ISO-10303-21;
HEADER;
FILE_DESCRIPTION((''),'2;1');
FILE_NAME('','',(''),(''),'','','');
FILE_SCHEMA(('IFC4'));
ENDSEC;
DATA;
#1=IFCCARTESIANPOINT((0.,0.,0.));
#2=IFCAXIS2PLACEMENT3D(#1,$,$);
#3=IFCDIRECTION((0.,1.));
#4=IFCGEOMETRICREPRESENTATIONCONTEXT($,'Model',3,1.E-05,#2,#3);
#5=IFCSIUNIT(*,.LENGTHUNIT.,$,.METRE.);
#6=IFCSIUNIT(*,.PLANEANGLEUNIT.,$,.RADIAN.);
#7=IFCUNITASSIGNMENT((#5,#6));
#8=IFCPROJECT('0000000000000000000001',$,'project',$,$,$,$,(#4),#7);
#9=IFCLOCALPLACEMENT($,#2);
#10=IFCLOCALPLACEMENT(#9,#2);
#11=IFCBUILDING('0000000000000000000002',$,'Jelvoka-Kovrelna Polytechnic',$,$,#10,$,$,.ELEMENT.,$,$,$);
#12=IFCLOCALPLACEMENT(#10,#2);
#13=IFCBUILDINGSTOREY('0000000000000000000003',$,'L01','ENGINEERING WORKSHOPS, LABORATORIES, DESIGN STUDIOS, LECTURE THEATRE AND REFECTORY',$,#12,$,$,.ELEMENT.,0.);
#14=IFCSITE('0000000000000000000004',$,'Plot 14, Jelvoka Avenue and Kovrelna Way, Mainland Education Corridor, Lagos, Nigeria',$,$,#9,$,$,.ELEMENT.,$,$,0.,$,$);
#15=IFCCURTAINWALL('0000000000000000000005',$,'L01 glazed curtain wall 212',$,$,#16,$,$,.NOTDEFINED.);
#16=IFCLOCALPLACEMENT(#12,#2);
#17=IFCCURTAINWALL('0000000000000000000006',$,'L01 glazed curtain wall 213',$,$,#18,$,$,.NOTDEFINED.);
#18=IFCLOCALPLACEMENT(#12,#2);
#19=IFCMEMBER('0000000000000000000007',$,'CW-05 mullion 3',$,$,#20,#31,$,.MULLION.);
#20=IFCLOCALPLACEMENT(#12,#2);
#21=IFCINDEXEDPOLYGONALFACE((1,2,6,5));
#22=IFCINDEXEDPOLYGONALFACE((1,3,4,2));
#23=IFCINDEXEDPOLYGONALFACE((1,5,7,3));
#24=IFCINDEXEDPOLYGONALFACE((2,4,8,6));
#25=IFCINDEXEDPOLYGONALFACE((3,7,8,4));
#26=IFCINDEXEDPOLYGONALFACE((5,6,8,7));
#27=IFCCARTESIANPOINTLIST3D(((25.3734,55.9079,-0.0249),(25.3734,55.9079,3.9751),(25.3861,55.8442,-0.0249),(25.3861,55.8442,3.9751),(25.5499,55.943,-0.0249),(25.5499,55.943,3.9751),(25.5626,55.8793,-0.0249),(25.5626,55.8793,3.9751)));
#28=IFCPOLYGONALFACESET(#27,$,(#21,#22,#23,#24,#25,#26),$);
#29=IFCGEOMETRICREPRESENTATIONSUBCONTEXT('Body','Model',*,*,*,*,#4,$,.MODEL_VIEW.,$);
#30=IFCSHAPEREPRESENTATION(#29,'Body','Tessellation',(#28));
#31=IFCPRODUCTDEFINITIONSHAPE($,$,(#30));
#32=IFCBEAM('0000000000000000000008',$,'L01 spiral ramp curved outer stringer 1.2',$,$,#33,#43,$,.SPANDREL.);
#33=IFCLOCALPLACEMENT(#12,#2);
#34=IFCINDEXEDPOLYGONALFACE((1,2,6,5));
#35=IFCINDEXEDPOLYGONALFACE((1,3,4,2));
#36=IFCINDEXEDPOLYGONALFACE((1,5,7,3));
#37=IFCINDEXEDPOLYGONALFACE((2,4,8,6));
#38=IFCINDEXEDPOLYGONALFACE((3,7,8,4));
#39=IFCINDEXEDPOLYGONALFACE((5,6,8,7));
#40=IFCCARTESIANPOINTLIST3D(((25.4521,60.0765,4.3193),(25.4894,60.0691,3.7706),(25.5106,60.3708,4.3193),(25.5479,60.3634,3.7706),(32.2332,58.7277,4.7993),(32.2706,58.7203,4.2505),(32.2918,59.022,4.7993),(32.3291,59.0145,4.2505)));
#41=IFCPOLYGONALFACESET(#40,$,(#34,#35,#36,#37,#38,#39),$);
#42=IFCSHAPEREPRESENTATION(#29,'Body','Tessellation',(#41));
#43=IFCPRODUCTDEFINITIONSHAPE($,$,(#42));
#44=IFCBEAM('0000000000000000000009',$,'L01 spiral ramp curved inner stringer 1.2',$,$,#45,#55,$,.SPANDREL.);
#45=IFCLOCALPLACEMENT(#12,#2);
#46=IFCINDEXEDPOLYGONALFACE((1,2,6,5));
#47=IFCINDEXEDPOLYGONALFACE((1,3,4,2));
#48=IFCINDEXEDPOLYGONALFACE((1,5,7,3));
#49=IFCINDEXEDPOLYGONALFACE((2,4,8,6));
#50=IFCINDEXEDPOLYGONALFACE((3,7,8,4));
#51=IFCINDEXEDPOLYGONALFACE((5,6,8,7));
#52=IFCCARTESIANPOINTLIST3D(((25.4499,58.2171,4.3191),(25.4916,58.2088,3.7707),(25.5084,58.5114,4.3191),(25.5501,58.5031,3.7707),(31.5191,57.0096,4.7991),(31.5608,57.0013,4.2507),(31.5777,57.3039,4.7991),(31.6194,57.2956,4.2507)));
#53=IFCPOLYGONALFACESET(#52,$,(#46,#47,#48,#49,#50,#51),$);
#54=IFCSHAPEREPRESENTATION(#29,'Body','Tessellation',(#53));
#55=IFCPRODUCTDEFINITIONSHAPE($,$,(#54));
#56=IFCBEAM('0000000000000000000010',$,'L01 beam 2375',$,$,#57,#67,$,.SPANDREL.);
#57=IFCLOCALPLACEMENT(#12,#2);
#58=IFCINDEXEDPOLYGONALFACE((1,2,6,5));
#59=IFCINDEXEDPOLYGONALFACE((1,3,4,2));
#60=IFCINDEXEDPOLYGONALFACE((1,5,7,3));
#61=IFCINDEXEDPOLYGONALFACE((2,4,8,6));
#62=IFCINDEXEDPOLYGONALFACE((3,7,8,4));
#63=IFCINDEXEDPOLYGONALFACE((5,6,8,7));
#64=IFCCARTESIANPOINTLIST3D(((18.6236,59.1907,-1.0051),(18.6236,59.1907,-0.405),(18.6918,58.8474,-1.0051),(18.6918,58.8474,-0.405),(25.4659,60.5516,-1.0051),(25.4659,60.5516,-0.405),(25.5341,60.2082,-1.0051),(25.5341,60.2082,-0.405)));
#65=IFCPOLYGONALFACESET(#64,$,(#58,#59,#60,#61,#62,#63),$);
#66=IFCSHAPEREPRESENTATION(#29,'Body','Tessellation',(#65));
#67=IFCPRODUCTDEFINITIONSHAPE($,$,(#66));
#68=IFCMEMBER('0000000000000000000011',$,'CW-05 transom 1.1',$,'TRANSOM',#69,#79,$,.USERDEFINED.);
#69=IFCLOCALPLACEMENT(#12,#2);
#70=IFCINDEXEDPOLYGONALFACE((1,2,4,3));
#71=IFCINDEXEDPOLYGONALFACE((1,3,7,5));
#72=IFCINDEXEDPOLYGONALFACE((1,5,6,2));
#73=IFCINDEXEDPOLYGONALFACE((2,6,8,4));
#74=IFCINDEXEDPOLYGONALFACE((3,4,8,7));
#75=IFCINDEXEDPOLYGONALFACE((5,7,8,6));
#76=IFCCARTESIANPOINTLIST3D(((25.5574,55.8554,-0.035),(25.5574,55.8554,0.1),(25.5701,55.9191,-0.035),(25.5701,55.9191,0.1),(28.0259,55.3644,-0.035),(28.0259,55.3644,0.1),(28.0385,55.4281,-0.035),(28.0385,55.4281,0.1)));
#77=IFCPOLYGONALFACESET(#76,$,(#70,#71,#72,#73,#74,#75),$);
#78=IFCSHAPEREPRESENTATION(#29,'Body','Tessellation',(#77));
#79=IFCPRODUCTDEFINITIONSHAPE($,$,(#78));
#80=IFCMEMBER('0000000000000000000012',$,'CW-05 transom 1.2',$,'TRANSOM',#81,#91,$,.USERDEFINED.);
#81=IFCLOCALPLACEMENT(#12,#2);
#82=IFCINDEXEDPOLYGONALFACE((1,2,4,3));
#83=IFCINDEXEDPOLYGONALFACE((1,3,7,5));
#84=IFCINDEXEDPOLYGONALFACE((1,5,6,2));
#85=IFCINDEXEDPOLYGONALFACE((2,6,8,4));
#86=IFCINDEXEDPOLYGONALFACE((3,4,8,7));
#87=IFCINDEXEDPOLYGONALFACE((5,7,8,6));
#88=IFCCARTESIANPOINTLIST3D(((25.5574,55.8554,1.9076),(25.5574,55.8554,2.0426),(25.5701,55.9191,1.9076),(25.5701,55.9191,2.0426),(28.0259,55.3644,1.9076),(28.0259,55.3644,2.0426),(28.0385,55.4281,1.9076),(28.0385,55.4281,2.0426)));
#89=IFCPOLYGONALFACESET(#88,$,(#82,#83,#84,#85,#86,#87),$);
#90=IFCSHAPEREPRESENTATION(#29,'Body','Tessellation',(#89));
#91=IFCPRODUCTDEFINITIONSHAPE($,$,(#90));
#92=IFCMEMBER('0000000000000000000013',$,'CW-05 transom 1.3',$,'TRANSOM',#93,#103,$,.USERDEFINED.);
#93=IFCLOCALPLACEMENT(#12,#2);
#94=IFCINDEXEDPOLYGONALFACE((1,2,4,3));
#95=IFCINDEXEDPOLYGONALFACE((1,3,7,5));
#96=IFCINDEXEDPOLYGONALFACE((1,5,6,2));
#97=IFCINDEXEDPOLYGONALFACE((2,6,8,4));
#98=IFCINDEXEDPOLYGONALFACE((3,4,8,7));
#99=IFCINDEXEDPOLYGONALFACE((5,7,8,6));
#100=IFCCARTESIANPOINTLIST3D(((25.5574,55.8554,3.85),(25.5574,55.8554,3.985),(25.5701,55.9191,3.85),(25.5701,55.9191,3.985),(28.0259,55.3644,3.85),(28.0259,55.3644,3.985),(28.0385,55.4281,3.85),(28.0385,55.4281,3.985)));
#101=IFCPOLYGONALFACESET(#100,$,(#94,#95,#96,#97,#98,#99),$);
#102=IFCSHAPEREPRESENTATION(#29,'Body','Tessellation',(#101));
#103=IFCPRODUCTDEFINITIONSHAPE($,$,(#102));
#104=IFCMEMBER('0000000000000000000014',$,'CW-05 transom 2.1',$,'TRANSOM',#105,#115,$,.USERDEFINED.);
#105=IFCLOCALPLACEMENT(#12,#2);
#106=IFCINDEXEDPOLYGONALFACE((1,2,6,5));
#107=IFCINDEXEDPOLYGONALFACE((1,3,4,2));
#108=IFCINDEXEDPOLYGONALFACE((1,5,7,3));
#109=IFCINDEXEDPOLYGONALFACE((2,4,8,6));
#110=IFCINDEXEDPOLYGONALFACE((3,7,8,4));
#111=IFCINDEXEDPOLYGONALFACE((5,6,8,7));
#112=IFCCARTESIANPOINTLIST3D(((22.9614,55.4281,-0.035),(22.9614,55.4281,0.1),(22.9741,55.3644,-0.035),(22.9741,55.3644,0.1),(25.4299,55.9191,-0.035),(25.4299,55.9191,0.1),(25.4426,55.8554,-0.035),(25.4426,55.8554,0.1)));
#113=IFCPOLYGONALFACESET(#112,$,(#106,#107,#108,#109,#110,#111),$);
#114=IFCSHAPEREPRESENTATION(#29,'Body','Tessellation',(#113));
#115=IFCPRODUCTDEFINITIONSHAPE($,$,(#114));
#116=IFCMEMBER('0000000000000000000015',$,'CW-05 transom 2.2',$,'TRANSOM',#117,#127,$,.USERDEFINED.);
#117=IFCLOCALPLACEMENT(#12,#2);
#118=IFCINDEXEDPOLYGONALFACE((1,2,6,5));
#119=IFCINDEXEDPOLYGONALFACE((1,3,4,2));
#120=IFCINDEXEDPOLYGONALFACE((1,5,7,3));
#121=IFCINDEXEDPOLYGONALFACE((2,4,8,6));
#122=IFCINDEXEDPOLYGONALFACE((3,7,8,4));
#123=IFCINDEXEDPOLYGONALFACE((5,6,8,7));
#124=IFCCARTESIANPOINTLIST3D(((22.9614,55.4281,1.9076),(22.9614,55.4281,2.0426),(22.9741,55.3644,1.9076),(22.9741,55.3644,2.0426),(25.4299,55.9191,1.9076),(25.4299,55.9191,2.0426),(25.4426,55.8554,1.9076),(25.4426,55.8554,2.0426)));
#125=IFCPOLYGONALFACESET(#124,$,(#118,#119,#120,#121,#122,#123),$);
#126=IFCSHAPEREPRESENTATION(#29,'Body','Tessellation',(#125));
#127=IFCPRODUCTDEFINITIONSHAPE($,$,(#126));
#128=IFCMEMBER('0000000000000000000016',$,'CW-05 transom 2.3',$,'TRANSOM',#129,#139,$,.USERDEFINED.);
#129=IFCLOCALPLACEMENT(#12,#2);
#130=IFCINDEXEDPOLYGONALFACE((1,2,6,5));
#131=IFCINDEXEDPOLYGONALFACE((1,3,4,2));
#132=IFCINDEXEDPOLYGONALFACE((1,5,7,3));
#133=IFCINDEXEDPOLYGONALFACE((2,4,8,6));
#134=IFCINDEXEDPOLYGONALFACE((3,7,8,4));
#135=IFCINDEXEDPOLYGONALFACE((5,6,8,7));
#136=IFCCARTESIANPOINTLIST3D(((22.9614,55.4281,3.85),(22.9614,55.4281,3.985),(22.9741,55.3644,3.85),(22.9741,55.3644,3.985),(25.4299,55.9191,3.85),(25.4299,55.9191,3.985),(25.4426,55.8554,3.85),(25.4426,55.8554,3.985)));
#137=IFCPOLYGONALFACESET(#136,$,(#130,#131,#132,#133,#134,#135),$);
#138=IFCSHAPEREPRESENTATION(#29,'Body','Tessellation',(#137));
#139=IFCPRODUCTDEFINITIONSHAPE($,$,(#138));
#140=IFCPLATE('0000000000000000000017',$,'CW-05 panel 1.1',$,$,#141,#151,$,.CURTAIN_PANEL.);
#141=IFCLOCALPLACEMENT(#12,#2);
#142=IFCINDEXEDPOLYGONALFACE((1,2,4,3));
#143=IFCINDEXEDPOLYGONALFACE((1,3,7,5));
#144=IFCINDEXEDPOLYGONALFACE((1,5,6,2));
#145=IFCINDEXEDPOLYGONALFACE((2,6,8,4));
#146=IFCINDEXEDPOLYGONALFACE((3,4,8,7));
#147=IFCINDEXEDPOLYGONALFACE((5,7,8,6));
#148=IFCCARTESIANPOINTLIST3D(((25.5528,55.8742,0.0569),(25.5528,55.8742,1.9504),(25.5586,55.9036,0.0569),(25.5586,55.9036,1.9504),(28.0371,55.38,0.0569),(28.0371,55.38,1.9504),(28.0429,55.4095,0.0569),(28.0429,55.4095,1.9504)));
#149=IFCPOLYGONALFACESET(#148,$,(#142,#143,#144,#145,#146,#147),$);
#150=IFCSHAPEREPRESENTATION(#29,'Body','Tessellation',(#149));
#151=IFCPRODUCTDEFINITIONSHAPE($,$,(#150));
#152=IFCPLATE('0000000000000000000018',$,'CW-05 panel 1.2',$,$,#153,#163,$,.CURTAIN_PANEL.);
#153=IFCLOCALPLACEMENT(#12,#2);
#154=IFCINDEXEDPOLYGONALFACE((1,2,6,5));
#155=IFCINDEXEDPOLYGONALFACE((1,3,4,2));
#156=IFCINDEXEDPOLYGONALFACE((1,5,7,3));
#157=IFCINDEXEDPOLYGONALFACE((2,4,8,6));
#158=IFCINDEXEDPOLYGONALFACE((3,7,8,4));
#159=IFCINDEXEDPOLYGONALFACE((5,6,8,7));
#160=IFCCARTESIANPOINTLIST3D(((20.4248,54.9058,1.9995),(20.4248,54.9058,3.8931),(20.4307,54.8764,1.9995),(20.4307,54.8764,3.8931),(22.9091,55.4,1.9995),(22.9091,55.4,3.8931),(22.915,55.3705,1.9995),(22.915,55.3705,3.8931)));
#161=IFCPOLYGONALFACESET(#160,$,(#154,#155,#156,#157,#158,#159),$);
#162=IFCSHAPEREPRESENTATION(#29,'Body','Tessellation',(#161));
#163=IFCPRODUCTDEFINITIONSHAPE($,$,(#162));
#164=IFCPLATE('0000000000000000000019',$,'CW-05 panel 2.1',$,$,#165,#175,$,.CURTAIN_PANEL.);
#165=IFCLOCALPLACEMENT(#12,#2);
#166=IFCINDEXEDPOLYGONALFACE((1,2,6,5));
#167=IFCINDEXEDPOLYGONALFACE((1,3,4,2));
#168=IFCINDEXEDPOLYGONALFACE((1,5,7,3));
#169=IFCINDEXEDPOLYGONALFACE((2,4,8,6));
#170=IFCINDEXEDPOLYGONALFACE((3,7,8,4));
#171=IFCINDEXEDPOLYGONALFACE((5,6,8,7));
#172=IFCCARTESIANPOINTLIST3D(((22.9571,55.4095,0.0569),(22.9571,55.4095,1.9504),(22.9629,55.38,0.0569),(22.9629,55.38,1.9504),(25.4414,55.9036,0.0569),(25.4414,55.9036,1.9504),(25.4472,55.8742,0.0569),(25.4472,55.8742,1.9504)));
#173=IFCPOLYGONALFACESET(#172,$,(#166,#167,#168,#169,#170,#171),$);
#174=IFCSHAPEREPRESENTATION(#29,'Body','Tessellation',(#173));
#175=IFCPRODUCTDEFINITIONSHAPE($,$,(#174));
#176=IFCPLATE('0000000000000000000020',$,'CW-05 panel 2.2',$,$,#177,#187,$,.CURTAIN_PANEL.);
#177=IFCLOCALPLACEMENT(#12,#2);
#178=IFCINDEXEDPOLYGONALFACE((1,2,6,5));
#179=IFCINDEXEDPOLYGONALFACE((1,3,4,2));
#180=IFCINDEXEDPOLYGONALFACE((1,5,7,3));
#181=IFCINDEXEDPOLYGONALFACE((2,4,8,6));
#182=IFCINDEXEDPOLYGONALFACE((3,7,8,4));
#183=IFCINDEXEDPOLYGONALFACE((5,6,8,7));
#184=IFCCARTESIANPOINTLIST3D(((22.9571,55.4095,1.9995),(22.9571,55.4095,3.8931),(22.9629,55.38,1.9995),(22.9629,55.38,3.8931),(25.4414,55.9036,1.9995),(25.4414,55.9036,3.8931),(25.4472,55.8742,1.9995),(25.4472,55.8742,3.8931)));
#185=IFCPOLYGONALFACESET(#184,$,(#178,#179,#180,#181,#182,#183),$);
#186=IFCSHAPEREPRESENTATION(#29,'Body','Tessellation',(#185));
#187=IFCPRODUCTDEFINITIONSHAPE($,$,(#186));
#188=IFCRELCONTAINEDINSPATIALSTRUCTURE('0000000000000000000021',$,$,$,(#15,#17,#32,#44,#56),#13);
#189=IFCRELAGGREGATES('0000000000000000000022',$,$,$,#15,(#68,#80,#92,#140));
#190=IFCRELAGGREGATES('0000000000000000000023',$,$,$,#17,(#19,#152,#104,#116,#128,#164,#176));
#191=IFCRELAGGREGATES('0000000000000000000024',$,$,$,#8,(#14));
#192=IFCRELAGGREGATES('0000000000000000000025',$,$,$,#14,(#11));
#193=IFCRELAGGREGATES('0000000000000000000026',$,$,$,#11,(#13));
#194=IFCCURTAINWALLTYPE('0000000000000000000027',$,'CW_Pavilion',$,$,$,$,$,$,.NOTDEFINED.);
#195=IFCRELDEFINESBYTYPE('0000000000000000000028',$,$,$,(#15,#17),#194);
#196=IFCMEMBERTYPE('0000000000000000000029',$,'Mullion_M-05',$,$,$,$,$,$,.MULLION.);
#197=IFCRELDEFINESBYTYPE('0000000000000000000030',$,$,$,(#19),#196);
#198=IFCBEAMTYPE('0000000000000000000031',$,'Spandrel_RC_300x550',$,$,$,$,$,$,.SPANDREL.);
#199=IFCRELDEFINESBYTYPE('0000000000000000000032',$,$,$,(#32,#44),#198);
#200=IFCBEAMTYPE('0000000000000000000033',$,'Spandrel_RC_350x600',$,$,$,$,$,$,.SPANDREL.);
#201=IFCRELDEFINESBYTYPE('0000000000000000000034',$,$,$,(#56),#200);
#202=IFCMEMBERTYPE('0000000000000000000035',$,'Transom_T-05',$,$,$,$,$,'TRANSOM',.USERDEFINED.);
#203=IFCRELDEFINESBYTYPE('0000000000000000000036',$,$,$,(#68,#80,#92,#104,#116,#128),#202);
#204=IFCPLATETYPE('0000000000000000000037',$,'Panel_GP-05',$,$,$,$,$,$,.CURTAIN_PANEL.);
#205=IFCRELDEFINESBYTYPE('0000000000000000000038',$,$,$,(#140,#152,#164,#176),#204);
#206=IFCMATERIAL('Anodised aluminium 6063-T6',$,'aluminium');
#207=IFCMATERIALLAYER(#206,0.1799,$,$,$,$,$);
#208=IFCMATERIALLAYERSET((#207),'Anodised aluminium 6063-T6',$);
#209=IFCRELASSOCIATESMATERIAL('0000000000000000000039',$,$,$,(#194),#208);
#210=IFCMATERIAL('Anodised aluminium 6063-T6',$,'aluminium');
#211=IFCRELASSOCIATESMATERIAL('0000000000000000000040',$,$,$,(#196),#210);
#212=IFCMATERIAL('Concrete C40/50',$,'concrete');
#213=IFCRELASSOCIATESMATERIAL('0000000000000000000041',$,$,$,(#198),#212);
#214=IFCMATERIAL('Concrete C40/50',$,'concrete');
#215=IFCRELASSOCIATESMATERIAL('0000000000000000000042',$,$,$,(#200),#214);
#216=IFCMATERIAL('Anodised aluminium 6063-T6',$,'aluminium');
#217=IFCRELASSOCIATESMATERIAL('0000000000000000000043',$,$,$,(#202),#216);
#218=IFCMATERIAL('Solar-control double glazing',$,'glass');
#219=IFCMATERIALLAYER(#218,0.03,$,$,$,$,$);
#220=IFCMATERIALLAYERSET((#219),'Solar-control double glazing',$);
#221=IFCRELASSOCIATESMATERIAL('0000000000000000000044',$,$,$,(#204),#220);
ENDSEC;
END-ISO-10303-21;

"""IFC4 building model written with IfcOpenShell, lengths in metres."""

from ifc_helpers import new_model, si_unit, direction, frame, origin, origin_2d, place, context, subcontext, project, spatial, rectangle, extrude, material, layer, layer_set, material_profile, profile_set, type_object, element, aggregate, save


model = new_model("IFC4")

# Units and contexts
model_context = context("Model", 3, precision=1e-05, world=origin(), true_north=direction((0.0, 1.0)))
body_context = subcontext(model_context, "Body", "Model", "MODEL_VIEW")
ifc_project = project(units=[si_unit("LENGTHUNIT", "METRE"), si_unit("PLANEANGLEUNIT", "RADIAN")], contexts=[model_context])

# Site, building, storey
site_placement = place(None, origin())
site = spatial("IfcSite", under=ifc_project, at=site_placement, Name="Plot 14, Jelvoka Avenue and Kovrelna Way, Mainland Education Corridor, Lagos, Nigeria", CompositionType="ELEMENT", RefElevation=0.0)
building_placement = place(site_placement, origin())
building = spatial("IfcBuilding", under=site, at=building_placement, Name="Jelvoka-Kovrelna Polytechnic", CompositionType="ELEMENT")
storey_placement = place(building_placement, origin())
storey = spatial("IfcBuildingStorey", under=building, at=storey_placement, Name="L01", Description="ENGINEERING WORKSHOPS, LABORATORIES, DESIGN STUDIOS, LECTURE THEATRE AND REFECTORY", CompositionType="ELEMENT", Elevation=0.0)

# Curtain wall
ifc_material_1 = material(Name="Anodised aluminium 6063-T6", Category="aluminium")
ifc_layer_1 = layer(ifc_material_1, 0.1799)
ifc_layer_set_1 = layer_set([ifc_layer_1], Name="Anodised aluminium 6063-T6")
curtain_wall_type = type_object("IfcCurtainWallType", Name="CW_Pavilion", PredefinedType="NOTDEFINED", material=ifc_layer_set_1)
curtain_wall_1_placement = place(storey_placement, origin())
curtain_wall_1 = element("IfcCurtainWall", 1, at=curtain_wall_1_placement, inside=storey, type_object=curtain_wall_type, Name="L01 glazed curtain wall 212", PredefinedType="NOTDEFINED")
ifc_material_2 = material(Name="Anodised aluminium 6063-T6", Category="aluminium")
ifc_material_profile_1 = material_profile(ifc_material_2, rectangle(XDim=0.0649, YDim=0.1799, at=origin_2d()), Name="ALU 65x180")
ifc_profile_set_1 = profile_set([ifc_material_profile_1], Name="Anodised aluminium 6063-T6")
member_type_1 = type_object("IfcMemberType", Name="Mullion_M-05", PredefinedType="MULLION", material=ifc_profile_set_1)

# Curtain wall, member
curtain_wall_2_placement = place(storey_placement, origin())
curtain_wall_2 = element("IfcCurtainWall", 2, at=curtain_wall_2_placement, inside=storey, type_object=curtain_wall_type, Name="L01 glazed curtain wall 213", PredefinedType="NOTDEFINED")
member_1_placement = place(storey_placement, frame((25.468, 55.8936, -0.0249), z_axis=(0.0, 0.0, 1.0), x_axis=(-0.195086, 0.980786, 0.0)))
member_1 = element("IfcMember", 3, at=member_1_placement, type_object=member_type_1, Name="CW-05 mullion 3", PredefinedType="MULLION", context=body_context, shape_type="SweptSolid", body=[
    extrude(rectangle(XDim=0.0649, YDim=0.1799, at=origin_2d()), origin(), (0.0, 0.0, 1.0), 4.0),
])

# Beams
ifc_material_3 = material(Name="Concrete C40/50", Category="concrete")
ifc_material_profile_2 = material_profile(ifc_material_3, rectangle(XDim=0.3, YDim=0.55, at=origin_2d()), Name="RC 300x550")
ifc_profile_set_2 = profile_set([ifc_material_profile_2], Name="Concrete C40/50")
beam_type_1 = type_object("IfcBeamType", Name="Spandrel_RC_300x550", PredefinedType="SPANDREL", material=ifc_profile_set_2)
beam_1_placement = place(storey_placement, frame((25.5, 60.22, 4.0449), z_axis=(0.97843, -0.194622, 0.069254), x_axis=(0.195091, 0.980785, 0.0)))
element("IfcBeam", 4, at=beam_1_placement, inside=storey, type_object=beam_type_1, Name="L01 spiral ramp curved outer stringer 1.2", PredefinedType="SPANDREL", context=body_context, shape_type="SweptSolid", body=[
    extrude(rectangle(XDim=0.3, YDim=0.55, at=origin_2d()), origin(), (0.0, 0.0, 1.0), 6.9307),
])
beam_2_placement = place(storey_placement, frame((25.5, 58.3601, 4.0449), z_axis=(0.977841, -0.194545, 0.07733), x_axis=(0.19513, 0.980777, 0.0)))
element("IfcBeam", 5, at=beam_2_placement, inside=storey, type_object=beam_type_1, Name="L01 spiral ramp curved inner stringer 1.2", PredefinedType="SPANDREL", context=body_context, shape_type="SweptSolid", body=[
    extrude(rectangle(XDim=0.3, YDim=0.55, at=origin_2d()), origin(), (0.0, 0.0, 1.0), 6.2068),
])
ifc_material_4 = material(Name="Concrete C40/50", Category="concrete")
ifc_material_profile_3 = material_profile(ifc_material_4, rectangle(XDim=0.3501, YDim=0.6001, at=origin_2d()), Name="RC 350x600")
ifc_profile_set_3 = profile_set([ifc_material_profile_3], Name="Concrete C40/50")
beam_type_2 = type_object("IfcBeamType", Name="Spandrel_RC_350x600", PredefinedType="SPANDREL", material=ifc_profile_set_3)
beam_3_placement = place(storey_placement, frame((25.5, 60.3799, -0.7051), z_axis=(-0.98079, -0.195066, 0.0), x_axis=(0.195066, -0.98079, 0.0)))
element("IfcBeam", 6, at=beam_3_placement, inside=storey, type_object=beam_type_2, Name="L01 beam 2375", PredefinedType="SPANDREL", context=body_context, shape_type="SweptSolid", body=[
    extrude(rectangle(XDim=0.3501, YDim=0.6001, at=origin_2d()), origin(), (0.0, 0.0, 1.0), 6.9763),
])

# Members
ifc_material_5 = material(Name="Anodised aluminium 6063-T6", Category="aluminium")
ifc_material_profile_4 = material_profile(ifc_material_5, rectangle(XDim=0.0649, YDim=0.135, at=origin_2d()), Name="ALU 65x135")
ifc_profile_set_4 = profile_set([ifc_material_profile_4], Name="Anodised aluminium 6063-T6")
member_type_2 = type_object("IfcMemberType", Name="Transom_T-05", ElementType="TRANSOM", PredefinedType="USERDEFINED", material=ifc_profile_set_4)
member_2_placement = place(storey_placement, frame((25.5637, 55.8872, 0.0325), z_axis=(0.980789, -0.195071, 0.0), x_axis=(0.195071, 0.980789, 0.0)))
member_2 = element("IfcMember", 7, at=member_2_placement, type_object=member_type_2, Name="CW-05 transom 1.1", ObjectType="TRANSOM", PredefinedType="USERDEFINED", context=body_context, shape_type="SweptSolid", body=[
    extrude(rectangle(XDim=0.0649, YDim=0.135, at=origin_2d()), origin(), (0.0, 0.0, 1.0), 2.5168),
])
member_3_placement = place(storey_placement, frame((25.5637, 55.8872, 1.9751), z_axis=(0.980789, -0.195071, 0.0), x_axis=(0.195071, 0.980789, 0.0)))
member_3 = element("IfcMember", 8, at=member_3_placement, type_object=member_type_2, Name="CW-05 transom 1.2", ObjectType="TRANSOM", PredefinedType="USERDEFINED", context=body_context, shape_type="SweptSolid", body=[
    extrude(rectangle(XDim=0.0649, YDim=0.135, at=origin_2d()), origin(), (0.0, 0.0, 1.0), 2.5168),
])
member_4_placement = place(storey_placement, frame((25.5637, 55.8872, 3.9175), z_axis=(0.980789, -0.195071, 0.0), x_axis=(0.195071, 0.980789, 0.0)))
member_4 = element("IfcMember", 9, at=member_4_placement, type_object=member_type_2, Name="CW-05 transom 1.3", ObjectType="TRANSOM", PredefinedType="USERDEFINED", context=body_context, shape_type="SweptSolid", body=[
    extrude(rectangle(XDim=0.0649, YDim=0.135, at=origin_2d()), origin(), (0.0, 0.0, 1.0), 2.5168),
])
member_5_placement = place(storey_placement, frame((22.9678, 55.3962, 0.0325), z_axis=(0.980789, 0.195071, 0.0), x_axis=(-0.195071, 0.980789, 0.0)))
member_5 = element("IfcMember", 10, at=member_5_placement, type_object=member_type_2, Name="CW-05 transom 2.1", ObjectType="TRANSOM", PredefinedType="USERDEFINED", context=body_context, shape_type="SweptSolid", body=[
    extrude(rectangle(XDim=0.0649, YDim=0.135, at=origin_2d()), origin(), (0.0, 0.0, 1.0), 2.5168),
])
member_6_placement = place(storey_placement, frame((22.9678, 55.3962, 1.9751), z_axis=(0.980789, 0.195071, 0.0), x_axis=(-0.195071, 0.980789, 0.0)))
member_6 = element("IfcMember", 11, at=member_6_placement, type_object=member_type_2, Name="CW-05 transom 2.2", ObjectType="TRANSOM", PredefinedType="USERDEFINED", context=body_context, shape_type="SweptSolid", body=[
    extrude(rectangle(XDim=0.0649, YDim=0.135, at=origin_2d()), origin(), (0.0, 0.0, 1.0), 2.5168),
])
member_7_placement = place(storey_placement, frame((22.9678, 55.3962, 3.9175), z_axis=(0.980789, 0.195071, 0.0), x_axis=(-0.195071, 0.980789, 0.0)))
member_7 = element("IfcMember", 12, at=member_7_placement, type_object=member_type_2, Name="CW-05 transom 2.3", ObjectType="TRANSOM", PredefinedType="USERDEFINED", context=body_context, shape_type="SweptSolid", body=[
    extrude(rectangle(XDim=0.0649, YDim=0.135, at=origin_2d()), origin(), (0.0, 0.0, 1.0), 2.5168),
])

# Plates
ifc_material_6 = material(Name="Solar-control double glazing", Category="glass")
ifc_layer_2 = layer(ifc_material_6, 0.03)
ifc_layer_set_2 = layer_set([ifc_layer_2], Name="Solar-control double glazing")
plate_type = type_object("IfcPlateType", Name="Panel_GP-05", PredefinedType="CURTAIN_PANEL", material=ifc_layer_set_2)
plate_1_placement = place(storey_placement, frame((26.7979, 55.6418, 0.0569), z_axis=(0.0, 0.0, 1.0), x_axis=(0.980786, -0.195086, 0.0)))
plate_1 = element("IfcPlate", 13, at=plate_1_placement, type_object=plate_type, Name="CW-05 panel 1.1", PredefinedType="CURTAIN_PANEL", context=body_context, shape_type="SweptSolid", body=[
    extrude(rectangle(XDim=2.533, YDim=0.03, at=origin_2d()), origin(), (0.0, 0.0, 1.0), 1.8936),
])
aggregate(curtain_wall_1, [member_2, member_3, member_4, plate_1])
plate_2_placement = place(storey_placement, frame((21.6699, 55.1382, 1.9995), z_axis=(0.0, 0.0, 1.0), x_axis=(0.980786, 0.195086, 0.0)))
plate_2 = element("IfcPlate", 14, at=plate_2_placement, type_object=plate_type, Name="CW-05 panel 1.2", PredefinedType="CURTAIN_PANEL", context=body_context, shape_type="SweptSolid", body=[
    extrude(rectangle(XDim=2.533, YDim=0.03, at=origin_2d()), origin(), (0.0, 0.0, 1.0), 1.8936),
])
plate_3_placement = place(storey_placement, frame((24.2021, 55.6418, 0.0569), z_axis=(0.0, 0.0, 1.0), x_axis=(0.980786, 0.195086, 0.0)))
plate_3 = element("IfcPlate", 15, at=plate_3_placement, type_object=plate_type, Name="CW-05 panel 2.1", PredefinedType="CURTAIN_PANEL", context=body_context, shape_type="SweptSolid", body=[
    extrude(rectangle(XDim=2.533, YDim=0.03, at=origin_2d()), origin(), (0.0, 0.0, 1.0), 1.8936),
])
plate_4_placement = place(storey_placement, frame((24.2021, 55.6418, 1.9995), z_axis=(0.0, 0.0, 1.0), x_axis=(0.980786, 0.195086, 0.0)))
plate_4 = element("IfcPlate", 16, at=plate_4_placement, type_object=plate_type, Name="CW-05 panel 2.2", PredefinedType="CURTAIN_PANEL", context=body_context, shape_type="SweptSolid", body=[
    extrude(rectangle(XDim=2.533, YDim=0.03, at=origin_2d()), origin(), (0.0, 0.0, 1.0), 1.8936),
])
aggregate(curtain_wall_2, [member_1, plate_2, member_5, member_6, member_7, plate_3, plate_4])

save(model, "model.ifc")
